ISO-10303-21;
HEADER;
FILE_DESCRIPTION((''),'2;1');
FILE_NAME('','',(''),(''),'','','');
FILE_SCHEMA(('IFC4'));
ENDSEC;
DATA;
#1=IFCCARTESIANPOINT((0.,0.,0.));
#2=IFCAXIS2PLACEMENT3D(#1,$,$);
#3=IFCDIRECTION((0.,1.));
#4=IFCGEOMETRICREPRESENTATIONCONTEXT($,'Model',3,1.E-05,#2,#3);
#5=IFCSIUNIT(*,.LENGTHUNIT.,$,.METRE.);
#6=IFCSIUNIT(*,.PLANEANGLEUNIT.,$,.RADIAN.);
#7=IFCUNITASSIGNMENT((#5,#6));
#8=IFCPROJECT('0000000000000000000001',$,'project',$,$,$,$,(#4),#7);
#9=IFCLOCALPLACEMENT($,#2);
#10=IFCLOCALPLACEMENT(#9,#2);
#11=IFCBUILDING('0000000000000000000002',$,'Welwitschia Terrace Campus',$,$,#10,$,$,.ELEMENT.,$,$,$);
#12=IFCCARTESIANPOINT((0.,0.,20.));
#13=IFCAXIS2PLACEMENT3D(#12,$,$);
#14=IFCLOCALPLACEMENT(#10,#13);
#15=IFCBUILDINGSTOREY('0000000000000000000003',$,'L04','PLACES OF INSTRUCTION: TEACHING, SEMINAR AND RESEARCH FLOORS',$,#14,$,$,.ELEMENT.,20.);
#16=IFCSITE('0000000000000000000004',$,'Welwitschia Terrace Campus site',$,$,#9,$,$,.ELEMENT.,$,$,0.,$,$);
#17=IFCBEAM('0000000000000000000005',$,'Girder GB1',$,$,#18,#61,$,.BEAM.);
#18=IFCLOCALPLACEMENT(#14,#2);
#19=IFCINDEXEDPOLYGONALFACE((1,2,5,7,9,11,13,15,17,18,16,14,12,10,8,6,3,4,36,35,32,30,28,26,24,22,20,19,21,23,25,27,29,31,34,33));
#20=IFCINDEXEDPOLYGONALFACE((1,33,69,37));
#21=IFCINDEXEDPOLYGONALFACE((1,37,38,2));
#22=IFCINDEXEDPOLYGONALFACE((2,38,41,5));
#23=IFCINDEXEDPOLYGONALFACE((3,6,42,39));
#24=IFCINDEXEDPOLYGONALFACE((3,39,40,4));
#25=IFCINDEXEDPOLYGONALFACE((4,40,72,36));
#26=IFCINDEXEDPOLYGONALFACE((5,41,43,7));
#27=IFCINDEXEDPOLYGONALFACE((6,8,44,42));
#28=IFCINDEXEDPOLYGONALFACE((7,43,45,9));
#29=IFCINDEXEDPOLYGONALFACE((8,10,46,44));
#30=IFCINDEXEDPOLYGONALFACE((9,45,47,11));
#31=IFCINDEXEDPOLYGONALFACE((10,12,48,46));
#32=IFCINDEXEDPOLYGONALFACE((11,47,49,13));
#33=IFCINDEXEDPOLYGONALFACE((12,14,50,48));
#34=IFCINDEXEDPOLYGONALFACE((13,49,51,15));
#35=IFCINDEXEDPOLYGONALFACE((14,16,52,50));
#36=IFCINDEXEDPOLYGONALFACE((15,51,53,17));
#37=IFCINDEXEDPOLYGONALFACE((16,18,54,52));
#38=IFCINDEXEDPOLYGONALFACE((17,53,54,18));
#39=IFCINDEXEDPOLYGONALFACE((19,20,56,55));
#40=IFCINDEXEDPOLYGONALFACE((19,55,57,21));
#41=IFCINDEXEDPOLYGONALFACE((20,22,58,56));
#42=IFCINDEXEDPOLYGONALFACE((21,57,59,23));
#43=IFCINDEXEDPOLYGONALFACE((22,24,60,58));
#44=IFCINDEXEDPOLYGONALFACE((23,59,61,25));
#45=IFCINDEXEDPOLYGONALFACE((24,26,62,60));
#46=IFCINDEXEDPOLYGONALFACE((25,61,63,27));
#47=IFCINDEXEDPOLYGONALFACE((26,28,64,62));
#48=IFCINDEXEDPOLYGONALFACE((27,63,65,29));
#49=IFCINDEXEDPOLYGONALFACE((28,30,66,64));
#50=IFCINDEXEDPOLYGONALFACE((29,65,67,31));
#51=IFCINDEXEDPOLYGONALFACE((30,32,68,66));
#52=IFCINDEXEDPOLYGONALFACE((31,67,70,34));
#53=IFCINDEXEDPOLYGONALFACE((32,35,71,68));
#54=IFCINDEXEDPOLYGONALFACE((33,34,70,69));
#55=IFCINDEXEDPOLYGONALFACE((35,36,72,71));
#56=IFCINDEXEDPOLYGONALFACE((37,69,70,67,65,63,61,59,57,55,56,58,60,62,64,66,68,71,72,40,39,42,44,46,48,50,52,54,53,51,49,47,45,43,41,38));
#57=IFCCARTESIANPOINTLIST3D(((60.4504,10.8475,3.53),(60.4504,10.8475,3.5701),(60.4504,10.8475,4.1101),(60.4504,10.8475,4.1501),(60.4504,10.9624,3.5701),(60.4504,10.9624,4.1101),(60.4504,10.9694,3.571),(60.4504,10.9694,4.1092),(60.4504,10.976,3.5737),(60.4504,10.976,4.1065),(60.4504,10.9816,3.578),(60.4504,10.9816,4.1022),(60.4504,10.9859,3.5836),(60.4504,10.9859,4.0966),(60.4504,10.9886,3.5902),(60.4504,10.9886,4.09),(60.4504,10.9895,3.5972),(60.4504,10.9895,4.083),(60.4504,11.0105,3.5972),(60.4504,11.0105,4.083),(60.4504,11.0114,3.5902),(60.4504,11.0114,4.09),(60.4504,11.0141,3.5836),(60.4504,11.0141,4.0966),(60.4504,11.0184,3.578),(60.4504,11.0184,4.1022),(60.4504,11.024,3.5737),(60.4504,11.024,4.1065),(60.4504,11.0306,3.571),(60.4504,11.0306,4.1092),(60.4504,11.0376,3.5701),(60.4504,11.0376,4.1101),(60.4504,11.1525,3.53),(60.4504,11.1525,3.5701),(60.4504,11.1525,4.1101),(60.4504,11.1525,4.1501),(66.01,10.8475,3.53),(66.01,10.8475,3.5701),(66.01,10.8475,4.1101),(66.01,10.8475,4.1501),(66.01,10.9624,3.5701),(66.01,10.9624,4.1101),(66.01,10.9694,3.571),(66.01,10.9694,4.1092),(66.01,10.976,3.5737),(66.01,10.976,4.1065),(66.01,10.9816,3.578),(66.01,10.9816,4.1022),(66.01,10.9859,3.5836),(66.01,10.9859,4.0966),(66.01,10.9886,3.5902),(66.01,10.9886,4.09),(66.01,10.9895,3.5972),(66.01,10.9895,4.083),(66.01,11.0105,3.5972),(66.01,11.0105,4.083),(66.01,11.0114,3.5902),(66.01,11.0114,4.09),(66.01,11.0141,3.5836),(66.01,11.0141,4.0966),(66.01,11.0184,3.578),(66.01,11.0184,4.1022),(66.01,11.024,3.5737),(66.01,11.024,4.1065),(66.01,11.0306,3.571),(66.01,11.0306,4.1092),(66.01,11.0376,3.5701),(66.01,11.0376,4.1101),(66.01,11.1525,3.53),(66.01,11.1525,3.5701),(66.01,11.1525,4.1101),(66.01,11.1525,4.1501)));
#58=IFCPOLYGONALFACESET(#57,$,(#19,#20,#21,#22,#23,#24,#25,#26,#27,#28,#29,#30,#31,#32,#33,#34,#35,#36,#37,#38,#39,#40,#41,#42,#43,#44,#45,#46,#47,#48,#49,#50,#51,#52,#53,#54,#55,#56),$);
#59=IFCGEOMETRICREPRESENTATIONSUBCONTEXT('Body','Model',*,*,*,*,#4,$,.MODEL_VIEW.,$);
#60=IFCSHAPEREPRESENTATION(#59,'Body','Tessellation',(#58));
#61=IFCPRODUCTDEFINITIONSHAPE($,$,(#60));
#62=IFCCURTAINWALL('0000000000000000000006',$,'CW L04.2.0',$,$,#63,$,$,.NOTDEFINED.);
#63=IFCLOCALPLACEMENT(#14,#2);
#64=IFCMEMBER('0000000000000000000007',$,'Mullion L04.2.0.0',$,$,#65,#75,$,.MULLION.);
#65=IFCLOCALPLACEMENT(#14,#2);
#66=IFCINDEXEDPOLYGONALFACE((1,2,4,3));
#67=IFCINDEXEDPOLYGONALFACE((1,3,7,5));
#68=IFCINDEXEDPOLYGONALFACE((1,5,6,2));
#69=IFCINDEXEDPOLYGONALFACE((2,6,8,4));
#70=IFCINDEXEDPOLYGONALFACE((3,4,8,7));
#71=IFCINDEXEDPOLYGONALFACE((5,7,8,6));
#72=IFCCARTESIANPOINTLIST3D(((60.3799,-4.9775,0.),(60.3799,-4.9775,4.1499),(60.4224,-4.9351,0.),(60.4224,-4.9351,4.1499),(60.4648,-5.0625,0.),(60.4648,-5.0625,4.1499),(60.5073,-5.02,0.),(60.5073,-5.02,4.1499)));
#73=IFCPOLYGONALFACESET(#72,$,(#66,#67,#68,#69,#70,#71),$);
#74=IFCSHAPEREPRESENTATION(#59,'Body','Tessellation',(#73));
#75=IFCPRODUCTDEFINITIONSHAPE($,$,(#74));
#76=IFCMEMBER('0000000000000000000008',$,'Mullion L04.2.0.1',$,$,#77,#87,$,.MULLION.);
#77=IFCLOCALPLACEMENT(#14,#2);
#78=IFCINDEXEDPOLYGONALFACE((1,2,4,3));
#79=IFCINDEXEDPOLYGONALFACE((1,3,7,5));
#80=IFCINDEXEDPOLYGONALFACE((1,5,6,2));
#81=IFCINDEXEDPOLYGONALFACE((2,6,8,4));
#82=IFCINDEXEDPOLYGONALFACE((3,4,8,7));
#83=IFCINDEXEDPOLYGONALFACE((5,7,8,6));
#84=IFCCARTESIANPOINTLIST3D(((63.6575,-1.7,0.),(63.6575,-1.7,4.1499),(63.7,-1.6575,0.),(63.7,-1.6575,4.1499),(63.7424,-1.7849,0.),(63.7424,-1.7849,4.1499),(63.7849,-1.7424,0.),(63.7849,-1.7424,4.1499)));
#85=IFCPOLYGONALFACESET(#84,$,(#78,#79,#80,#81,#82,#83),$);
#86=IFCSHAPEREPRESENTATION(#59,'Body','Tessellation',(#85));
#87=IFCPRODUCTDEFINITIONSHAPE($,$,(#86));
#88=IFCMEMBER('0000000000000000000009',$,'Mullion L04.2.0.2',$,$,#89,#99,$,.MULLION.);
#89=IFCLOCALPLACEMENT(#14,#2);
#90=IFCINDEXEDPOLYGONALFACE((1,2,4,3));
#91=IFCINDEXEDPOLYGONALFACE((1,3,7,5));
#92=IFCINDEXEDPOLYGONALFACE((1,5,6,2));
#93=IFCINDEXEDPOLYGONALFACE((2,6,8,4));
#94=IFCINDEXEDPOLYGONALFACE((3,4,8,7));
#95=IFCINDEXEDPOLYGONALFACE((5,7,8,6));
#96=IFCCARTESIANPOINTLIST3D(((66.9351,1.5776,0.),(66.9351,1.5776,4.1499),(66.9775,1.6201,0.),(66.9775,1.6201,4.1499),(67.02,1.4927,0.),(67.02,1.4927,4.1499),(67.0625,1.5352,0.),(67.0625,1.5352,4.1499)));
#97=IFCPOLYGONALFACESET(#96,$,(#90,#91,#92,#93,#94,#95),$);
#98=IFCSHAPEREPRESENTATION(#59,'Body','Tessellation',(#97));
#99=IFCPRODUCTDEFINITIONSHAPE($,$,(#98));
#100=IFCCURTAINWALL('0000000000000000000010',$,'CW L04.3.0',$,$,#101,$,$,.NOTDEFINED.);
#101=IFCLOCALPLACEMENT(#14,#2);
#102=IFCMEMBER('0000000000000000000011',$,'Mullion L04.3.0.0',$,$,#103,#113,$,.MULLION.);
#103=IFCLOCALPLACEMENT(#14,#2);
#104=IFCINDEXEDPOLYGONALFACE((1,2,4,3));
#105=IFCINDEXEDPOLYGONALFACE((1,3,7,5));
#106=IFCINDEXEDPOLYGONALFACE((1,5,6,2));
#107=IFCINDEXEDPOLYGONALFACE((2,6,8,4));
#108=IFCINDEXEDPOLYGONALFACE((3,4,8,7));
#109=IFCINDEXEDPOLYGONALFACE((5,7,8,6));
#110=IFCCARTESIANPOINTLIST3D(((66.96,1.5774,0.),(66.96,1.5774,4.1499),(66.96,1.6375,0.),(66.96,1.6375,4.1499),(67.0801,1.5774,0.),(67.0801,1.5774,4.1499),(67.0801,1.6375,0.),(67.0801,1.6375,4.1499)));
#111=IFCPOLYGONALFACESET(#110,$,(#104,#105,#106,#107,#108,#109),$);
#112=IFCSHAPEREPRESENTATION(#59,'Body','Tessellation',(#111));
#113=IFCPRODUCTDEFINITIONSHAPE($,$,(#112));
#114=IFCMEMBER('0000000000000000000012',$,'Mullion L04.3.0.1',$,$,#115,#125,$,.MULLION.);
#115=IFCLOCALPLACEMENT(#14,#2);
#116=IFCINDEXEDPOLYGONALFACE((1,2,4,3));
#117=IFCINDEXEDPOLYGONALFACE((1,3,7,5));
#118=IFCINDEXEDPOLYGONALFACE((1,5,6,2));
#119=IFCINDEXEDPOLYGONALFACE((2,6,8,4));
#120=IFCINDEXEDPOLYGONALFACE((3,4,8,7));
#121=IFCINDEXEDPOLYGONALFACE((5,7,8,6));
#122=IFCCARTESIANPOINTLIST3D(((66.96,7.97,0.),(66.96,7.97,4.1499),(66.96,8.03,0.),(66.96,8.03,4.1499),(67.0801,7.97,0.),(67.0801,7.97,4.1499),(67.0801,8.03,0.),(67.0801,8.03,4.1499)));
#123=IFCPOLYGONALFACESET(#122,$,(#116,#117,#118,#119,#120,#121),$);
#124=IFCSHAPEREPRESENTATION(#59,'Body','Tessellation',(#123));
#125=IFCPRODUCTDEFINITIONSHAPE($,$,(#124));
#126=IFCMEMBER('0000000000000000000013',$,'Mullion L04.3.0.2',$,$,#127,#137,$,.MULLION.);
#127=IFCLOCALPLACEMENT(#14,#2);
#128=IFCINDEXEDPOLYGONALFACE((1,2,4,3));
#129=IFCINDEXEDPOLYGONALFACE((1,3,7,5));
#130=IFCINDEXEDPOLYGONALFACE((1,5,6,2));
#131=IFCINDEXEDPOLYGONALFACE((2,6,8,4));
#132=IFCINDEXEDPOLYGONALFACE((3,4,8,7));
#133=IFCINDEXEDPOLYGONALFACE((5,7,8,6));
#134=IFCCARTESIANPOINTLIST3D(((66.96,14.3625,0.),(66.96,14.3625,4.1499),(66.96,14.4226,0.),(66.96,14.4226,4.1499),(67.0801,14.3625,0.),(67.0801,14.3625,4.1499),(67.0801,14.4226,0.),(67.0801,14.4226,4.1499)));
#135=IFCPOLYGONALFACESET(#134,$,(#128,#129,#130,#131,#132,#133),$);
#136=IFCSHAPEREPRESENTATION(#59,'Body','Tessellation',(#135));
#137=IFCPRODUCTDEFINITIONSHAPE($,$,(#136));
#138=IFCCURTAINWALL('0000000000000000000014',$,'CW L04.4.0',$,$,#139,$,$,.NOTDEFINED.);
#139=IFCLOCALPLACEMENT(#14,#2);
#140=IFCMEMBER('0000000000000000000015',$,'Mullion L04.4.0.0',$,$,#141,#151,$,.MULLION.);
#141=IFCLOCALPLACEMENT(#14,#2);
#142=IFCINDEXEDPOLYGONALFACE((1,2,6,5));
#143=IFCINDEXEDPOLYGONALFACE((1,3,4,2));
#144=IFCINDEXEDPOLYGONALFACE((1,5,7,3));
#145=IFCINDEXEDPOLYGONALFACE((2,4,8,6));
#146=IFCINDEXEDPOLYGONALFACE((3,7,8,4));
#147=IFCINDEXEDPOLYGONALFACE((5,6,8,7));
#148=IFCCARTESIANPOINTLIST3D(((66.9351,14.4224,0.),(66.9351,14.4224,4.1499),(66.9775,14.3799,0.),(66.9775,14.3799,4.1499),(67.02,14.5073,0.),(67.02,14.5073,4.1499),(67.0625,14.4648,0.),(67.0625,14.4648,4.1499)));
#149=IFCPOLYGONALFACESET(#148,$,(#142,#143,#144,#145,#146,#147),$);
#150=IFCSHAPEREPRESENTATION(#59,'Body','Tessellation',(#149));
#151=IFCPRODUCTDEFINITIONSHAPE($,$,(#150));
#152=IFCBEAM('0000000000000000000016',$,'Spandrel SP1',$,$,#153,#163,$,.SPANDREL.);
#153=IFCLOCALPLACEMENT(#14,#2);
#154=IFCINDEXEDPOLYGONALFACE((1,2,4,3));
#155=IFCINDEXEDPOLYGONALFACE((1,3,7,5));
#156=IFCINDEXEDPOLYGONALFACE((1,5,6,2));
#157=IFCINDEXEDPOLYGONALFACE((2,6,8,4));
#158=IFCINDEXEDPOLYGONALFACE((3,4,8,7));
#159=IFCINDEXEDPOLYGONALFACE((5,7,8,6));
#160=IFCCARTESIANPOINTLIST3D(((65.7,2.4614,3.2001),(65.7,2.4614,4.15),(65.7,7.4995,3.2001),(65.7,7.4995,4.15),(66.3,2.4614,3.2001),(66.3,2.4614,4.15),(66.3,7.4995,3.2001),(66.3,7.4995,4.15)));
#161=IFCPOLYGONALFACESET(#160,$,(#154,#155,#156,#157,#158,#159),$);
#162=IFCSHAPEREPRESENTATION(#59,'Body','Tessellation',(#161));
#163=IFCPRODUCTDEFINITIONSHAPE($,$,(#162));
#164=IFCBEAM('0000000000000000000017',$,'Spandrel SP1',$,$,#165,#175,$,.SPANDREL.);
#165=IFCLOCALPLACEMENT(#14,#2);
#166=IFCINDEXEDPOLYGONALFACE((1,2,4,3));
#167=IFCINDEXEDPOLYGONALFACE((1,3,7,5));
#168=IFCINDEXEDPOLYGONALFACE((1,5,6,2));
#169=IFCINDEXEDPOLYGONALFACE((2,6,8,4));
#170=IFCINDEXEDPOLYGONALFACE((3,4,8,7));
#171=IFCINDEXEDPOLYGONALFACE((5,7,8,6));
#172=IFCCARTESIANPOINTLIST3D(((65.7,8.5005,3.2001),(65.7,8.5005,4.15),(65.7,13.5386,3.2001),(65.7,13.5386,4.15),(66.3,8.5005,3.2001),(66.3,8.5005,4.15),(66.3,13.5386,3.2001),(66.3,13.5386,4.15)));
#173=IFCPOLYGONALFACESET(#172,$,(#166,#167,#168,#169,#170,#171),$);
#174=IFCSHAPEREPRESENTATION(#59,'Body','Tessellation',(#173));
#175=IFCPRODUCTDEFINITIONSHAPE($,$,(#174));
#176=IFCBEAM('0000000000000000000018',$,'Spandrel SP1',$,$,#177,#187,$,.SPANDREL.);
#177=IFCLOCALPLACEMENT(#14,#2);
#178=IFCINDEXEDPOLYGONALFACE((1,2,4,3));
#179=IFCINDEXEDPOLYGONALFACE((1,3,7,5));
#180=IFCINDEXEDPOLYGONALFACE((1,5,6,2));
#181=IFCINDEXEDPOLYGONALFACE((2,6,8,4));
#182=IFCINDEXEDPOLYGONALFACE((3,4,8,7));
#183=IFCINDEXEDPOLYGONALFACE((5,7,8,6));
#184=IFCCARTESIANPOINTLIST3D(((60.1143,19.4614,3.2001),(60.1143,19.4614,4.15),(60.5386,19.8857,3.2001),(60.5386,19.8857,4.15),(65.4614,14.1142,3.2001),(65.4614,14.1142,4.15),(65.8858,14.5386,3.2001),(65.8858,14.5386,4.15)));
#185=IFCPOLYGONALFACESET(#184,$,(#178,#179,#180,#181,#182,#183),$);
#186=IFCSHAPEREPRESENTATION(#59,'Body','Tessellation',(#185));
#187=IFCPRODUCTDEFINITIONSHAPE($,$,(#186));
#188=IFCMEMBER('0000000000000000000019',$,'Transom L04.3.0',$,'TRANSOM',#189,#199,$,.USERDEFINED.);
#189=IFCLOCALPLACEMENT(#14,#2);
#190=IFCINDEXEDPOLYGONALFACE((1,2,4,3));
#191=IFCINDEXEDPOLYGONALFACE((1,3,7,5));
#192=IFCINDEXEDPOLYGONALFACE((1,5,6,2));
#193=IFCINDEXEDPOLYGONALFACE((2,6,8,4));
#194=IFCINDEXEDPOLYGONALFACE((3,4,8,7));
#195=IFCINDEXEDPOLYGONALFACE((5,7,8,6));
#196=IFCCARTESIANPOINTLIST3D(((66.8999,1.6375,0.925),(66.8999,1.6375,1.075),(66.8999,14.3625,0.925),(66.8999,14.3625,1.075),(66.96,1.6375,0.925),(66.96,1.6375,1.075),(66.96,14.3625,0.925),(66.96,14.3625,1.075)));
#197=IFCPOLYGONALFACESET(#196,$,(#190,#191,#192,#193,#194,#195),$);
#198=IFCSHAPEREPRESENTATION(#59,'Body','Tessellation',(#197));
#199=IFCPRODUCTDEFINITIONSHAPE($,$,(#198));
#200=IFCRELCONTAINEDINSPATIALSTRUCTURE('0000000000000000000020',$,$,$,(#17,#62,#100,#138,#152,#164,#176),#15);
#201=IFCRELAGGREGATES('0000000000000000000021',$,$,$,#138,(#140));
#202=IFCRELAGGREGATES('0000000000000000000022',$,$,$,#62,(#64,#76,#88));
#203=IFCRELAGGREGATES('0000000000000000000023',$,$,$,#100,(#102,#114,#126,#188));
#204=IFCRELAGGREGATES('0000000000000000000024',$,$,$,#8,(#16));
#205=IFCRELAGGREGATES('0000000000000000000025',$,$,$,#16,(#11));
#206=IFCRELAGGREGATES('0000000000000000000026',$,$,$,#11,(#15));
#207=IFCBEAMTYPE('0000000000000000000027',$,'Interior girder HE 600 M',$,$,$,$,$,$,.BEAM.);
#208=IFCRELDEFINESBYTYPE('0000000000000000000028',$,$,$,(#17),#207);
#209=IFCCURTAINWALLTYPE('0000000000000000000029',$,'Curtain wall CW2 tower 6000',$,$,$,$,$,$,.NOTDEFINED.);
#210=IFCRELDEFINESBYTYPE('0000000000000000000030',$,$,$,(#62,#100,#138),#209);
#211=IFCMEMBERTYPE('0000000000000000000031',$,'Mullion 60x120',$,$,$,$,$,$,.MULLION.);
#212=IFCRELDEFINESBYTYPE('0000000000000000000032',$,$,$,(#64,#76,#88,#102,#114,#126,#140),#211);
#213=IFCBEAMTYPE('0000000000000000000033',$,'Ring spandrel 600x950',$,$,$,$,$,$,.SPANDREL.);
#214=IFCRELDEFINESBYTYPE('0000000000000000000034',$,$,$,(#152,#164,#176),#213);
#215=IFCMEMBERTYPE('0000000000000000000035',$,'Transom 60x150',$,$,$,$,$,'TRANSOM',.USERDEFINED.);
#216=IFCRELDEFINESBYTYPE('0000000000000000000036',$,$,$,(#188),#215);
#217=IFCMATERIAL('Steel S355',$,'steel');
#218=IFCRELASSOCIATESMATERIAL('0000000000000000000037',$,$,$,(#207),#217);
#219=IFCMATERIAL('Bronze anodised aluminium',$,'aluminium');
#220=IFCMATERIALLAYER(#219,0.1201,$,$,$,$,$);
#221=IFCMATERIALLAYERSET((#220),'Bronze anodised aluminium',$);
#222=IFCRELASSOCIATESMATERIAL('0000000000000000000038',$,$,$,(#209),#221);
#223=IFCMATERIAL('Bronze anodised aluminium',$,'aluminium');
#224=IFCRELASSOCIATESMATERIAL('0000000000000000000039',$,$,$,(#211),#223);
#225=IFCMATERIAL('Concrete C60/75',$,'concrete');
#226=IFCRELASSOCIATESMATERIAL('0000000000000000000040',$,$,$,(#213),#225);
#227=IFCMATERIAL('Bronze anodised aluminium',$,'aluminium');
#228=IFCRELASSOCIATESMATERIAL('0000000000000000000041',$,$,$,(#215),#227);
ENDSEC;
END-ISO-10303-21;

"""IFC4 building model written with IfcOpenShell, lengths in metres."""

from ifc_helpers import new_model, si_unit, direction, frame, origin, origin_2d, place, context, subcontext, project, spatial, rectangle, i_section, extrude, material, layer, layer_set, material_profile, profile_set, type_object, element, aggregate, save


model = new_model("IFC4")

# Units and contexts
model_context = context("Model", 3, precision=1e-05, world=origin(), true_north=direction((0.0, 1.0)))
body_context = subcontext(model_context, "Body", "Model", "MODEL_VIEW")
ifc_project = project(units=[si_unit("LENGTHUNIT", "METRE"), si_unit("PLANEANGLEUNIT", "RADIAN")], contexts=[model_context])

# Site, building, storey
site_placement = place(None, origin())
site = spatial("IfcSite", under=ifc_project, at=site_placement, Name="Welwitschia Terrace Campus site", CompositionType="ELEMENT", RefElevation=0.0)
building_placement = place(site_placement, origin())
building = spatial("IfcBuilding", under=site, at=building_placement, Name="Welwitschia Terrace Campus", CompositionType="ELEMENT")
storey_placement = place(building_placement, frame((0.0, 0.0, 20.0)))
storey = spatial("IfcBuildingStorey", under=building, at=storey_placement, Name="L04", Description="PLACES OF INSTRUCTION: TEACHING, SEMINAR AND RESEARCH FLOORS", CompositionType="ELEMENT", Elevation=20.0)

# Beam
ifc_material_1 = material(Name="Steel S355", Category="steel")
ifc_material_profile_1 = material_profile(ifc_material_1, i_section(OverallWidth=0.3049, OverallDepth=0.6201, WebThickness=0.021, FlangeThickness=0.04, FilletRadius=0.0271, at=origin_2d()))
ifc_profile_set_1 = profile_set([ifc_material_profile_1], Name="Steel S355")
beam_type_1 = type_object("IfcBeamType", Name="Interior girder HE 600 M", PredefinedType="BEAM", material=ifc_profile_set_1)
for number, where, z_axis, x_axis, name in (
    (1, (60.4504, 11.0, 3.8401), (1.0, 0.0, 0.0), (0.0, 1.0, 0.0), "Girder GB1"),
):
    element("IfcBeam", number, at=place(storey_placement, frame(where, z_axis=z_axis, x_axis=x_axis)), inside=storey, type_object=beam_type_1, Name=name, PredefinedType="BEAM", context=body_context, shape_type="SweptSolid", body=[
        extrude(i_section(OverallWidth=0.3049, OverallDepth=0.6201, WebThickness=0.021, FlangeThickness=0.04, FilletRadius=0.0271, at=origin_2d()), origin(), (0.0, 0.0, 1.0), 5.5596),
    ])

# Curtain walls, members
ifc_material_2 = material(Name="Bronze anodised aluminium", Category="aluminium")
ifc_layer_1 = layer(ifc_material_2, 0.1201)
ifc_layer_set_1 = layer_set([ifc_layer_1], Name="Bronze anodised aluminium")
curtain_wall_type = type_object("IfcCurtainWallType", Name="Curtain wall CW2 tower 6000", PredefinedType="NOTDEFINED", material=ifc_layer_set_1)
curtain_wall_1_placement = place(storey_placement, origin())
curtain_wall_1 = element("IfcCurtainWall", 2, at=curtain_wall_1_placement, inside=storey, type_object=curtain_wall_type, Name="CW L04.2.0", PredefinedType="NOTDEFINED")
ifc_material_3 = material(Name="Bronze anodised aluminium", Category="aluminium")
ifc_material_profile_2 = material_profile(ifc_material_3, rectangle(XDim=0.1201, YDim=0.0601, at=origin_2d()))
ifc_profile_set_2 = profile_set([ifc_material_profile_2], Name="Bronze anodised aluminium")
member_type_1 = type_object("IfcMemberType", Name="Mullion 60x120", PredefinedType="MULLION", material=ifc_profile_set_2)
member_1_placement = place(storey_placement, frame((60.4436, -4.9988, 0.0), z_axis=(0.0, 0.0, 1.0), x_axis=(-0.707107, 0.707107, 0.0)))
member_1 = element("IfcMember", 3, at=member_1_placement, type_object=member_type_1, Name="Mullion L04.2.0.0", PredefinedType="MULLION", context=body_context, shape_type="SweptSolid", body=[
    extrude(rectangle(XDim=0.1201, YDim=0.0601, at=origin_2d()), origin(), (0.0, 0.0, 1.0), 4.1499),
])
member_2_placement = place(storey_placement, frame((63.7212, -1.7212, 0.0), z_axis=(0.0, 0.0, 1.0), x_axis=(-0.707107, 0.707107, 0.0)))
member_2 = element("IfcMember", 4, at=member_2_placement, type_object=member_type_1, Name="Mullion L04.2.0.1", PredefinedType="MULLION", context=body_context, shape_type="SweptSolid", body=[
    extrude(rectangle(XDim=0.1201, YDim=0.0601, at=origin_2d()), origin(), (0.0, 0.0, 1.0), 4.1499),
])
member_3_placement = place(storey_placement, frame((66.9988, 1.5564, 0.0), z_axis=(0.0, 0.0, 1.0), x_axis=(-0.707107, 0.707107, 0.0)))
member_3 = element("IfcMember", 5, at=member_3_placement, type_object=member_type_1, Name="Mullion L04.2.0.2", PredefinedType="MULLION", context=body_context, shape_type="SweptSolid", body=[
    extrude(rectangle(XDim=0.1201, YDim=0.0601, at=origin_2d()), origin(), (0.0, 0.0, 1.0), 4.1499),
])
curtain_wall_2_placement = place(storey_placement, origin())
curtain_wall_2 = element("IfcCurtainWall", 6, at=curtain_wall_2_placement, inside=storey, type_object=curtain_wall_type, Name="CW L04.3.0", PredefinedType="NOTDEFINED")
member_4_placement = place(storey_placement, frame((67.02, 1.6074, 0.0), z_axis=(0.0, 0.0, 1.0), x_axis=(-1.0, 0.0, 0.0)))
member_4 = element("IfcMember", 7, at=member_4_placement, type_object=member_type_1, Name="Mullion L04.3.0.0", PredefinedType="MULLION", context=body_context, shape_type="SweptSolid", body=[
    extrude(rectangle(XDim=0.1201, YDim=0.0601, at=origin_2d()), origin(), (0.0, 0.0, 1.0), 4.1499),
])
member_5_placement = place(storey_placement, frame((67.02, 8.0, 0.0), z_axis=(0.0, 0.0, 1.0), x_axis=(-1.0, 0.0, 0.0)))
member_5 = element("IfcMember", 8, at=member_5_placement, type_object=member_type_1, Name="Mullion L04.3.0.1", PredefinedType="MULLION", context=body_context, shape_type="SweptSolid", body=[
    extrude(rectangle(XDim=0.1201, YDim=0.0601, at=origin_2d()), origin(), (0.0, 0.0, 1.0), 4.1499),
])
member_6_placement = place(storey_placement, frame((67.02, 14.3926, 0.0), z_axis=(0.0, 0.0, 1.0), x_axis=(-1.0, 0.0, 0.0)))
member_6 = element("IfcMember", 9, at=member_6_placement, type_object=member_type_1, Name="Mullion L04.3.0.2", PredefinedType="MULLION", context=body_context, shape_type="SweptSolid", body=[
    extrude(rectangle(XDim=0.1201, YDim=0.0601, at=origin_2d()), origin(), (0.0, 0.0, 1.0), 4.1499),
])

# Curtain wall, member
curtain_wall_3_placement = place(storey_placement, origin())
curtain_wall_3 = element("IfcCurtainWall", 10, at=curtain_wall_3_placement, inside=storey, type_object=curtain_wall_type, Name="CW L04.4.0", PredefinedType="NOTDEFINED")
member_7_placement = place(storey_placement, frame((66.9988, 14.4436, 0.0), z_axis=(0.0, 0.0, 1.0), x_axis=(-0.707107, -0.707107, 0.0)))
member_7 = element("IfcMember", 11, at=member_7_placement, type_object=member_type_1, Name="Mullion L04.4.0.0", PredefinedType="MULLION", context=body_context, shape_type="SweptSolid", body=[
    extrude(rectangle(XDim=0.1201, YDim=0.0601, at=origin_2d()), origin(), (0.0, 0.0, 1.0), 4.1499),
])

# Beams
ifc_material_4 = material(Name="Concrete C60/75", Category="concrete")
ifc_material_profile_3 = material_profile(ifc_material_4, rectangle(XDim=0.6001, YDim=0.95, at=origin_2d()))
ifc_profile_set_3 = profile_set([ifc_material_profile_3], Name="Concrete C60/75")
beam_type_2 = type_object("IfcBeamType", Name="Ring spandrel 600x950", PredefinedType="SPANDREL", material=ifc_profile_set_3)
for number, where, z_axis, x_axis, name in (
    (12, (66.0, 2.4614, 3.675), (0.0, 1.0, 0.0), (-1.0, 0.0, 0.0), "Spandrel SP1"),
    (13, (66.0, 8.5005, 3.675), (0.0, 1.0, 0.0), (-1.0, 0.0, 0.0), "Spandrel SP1"),
):
    element("IfcBeam", number, at=place(storey_placement, frame(where, z_axis=z_axis, x_axis=x_axis)), inside=storey, type_object=beam_type_2, Name=name, PredefinedType="SPANDREL", context=body_context, shape_type="SweptSolid", body=[
        extrude(rectangle(XDim=0.6001, YDim=0.95, at=origin_2d()), origin(), (0.0, 0.0, 1.0), 5.0381),
    ])
beam_placement = place(storey_placement, frame((65.6736, 14.3264, 3.675), z_axis=(-0.707107, 0.707107, 0.0), x_axis=(-0.707107, -0.707107, 0.0)))
element("IfcBeam", 14, at=beam_placement, inside=storey, type_object=beam_type_2, Name="Spandrel SP1", PredefinedType="SPANDREL", context=body_context, shape_type="SweptSolid", body=[
    extrude(rectangle(XDim=0.6001, YDim=0.95, at=origin_2d()), origin(), (0.0, 0.0, 1.0), 7.562),
])

# Member
ifc_material_5 = material(Name="Bronze anodised aluminium", Category="aluminium")
ifc_material_profile_4 = material_profile(ifc_material_5, rectangle(XDim=0.0601, YDim=0.1499, at=origin_2d()))
ifc_profile_set_4 = profile_set([ifc_material_profile_4], Name="Bronze anodised aluminium")
member_type_2 = type_object("IfcMemberType", Name="Transom 60x150", ElementType="TRANSOM", PredefinedType="USERDEFINED", material=ifc_profile_set_4)
member_8_placement = place(storey_placement, frame((66.9299, 1.6375, 1.0), z_axis=(0.0, 1.0, 0.0), x_axis=(-1.0, 0.0, 0.0)))
member_8 = element("IfcMember", 15, at=member_8_placement, type_object=member_type_2, Name="Transom L04.3.0", ObjectType="TRANSOM", PredefinedType="USERDEFINED", context=body_context, shape_type="SweptSolid", body=[
    extrude(rectangle(XDim=0.0601, YDim=0.1499, at=origin_2d()), origin(), (0.0, 0.0, 1.0), 12.7251),
])
aggregate(curtain_wall_3, [member_7])

aggregate(curtain_wall_1, [member_1, member_2, member_3])
aggregate(curtain_wall_2, [member_4, member_5, member_6, member_8])

save(model, "model.ifc")
